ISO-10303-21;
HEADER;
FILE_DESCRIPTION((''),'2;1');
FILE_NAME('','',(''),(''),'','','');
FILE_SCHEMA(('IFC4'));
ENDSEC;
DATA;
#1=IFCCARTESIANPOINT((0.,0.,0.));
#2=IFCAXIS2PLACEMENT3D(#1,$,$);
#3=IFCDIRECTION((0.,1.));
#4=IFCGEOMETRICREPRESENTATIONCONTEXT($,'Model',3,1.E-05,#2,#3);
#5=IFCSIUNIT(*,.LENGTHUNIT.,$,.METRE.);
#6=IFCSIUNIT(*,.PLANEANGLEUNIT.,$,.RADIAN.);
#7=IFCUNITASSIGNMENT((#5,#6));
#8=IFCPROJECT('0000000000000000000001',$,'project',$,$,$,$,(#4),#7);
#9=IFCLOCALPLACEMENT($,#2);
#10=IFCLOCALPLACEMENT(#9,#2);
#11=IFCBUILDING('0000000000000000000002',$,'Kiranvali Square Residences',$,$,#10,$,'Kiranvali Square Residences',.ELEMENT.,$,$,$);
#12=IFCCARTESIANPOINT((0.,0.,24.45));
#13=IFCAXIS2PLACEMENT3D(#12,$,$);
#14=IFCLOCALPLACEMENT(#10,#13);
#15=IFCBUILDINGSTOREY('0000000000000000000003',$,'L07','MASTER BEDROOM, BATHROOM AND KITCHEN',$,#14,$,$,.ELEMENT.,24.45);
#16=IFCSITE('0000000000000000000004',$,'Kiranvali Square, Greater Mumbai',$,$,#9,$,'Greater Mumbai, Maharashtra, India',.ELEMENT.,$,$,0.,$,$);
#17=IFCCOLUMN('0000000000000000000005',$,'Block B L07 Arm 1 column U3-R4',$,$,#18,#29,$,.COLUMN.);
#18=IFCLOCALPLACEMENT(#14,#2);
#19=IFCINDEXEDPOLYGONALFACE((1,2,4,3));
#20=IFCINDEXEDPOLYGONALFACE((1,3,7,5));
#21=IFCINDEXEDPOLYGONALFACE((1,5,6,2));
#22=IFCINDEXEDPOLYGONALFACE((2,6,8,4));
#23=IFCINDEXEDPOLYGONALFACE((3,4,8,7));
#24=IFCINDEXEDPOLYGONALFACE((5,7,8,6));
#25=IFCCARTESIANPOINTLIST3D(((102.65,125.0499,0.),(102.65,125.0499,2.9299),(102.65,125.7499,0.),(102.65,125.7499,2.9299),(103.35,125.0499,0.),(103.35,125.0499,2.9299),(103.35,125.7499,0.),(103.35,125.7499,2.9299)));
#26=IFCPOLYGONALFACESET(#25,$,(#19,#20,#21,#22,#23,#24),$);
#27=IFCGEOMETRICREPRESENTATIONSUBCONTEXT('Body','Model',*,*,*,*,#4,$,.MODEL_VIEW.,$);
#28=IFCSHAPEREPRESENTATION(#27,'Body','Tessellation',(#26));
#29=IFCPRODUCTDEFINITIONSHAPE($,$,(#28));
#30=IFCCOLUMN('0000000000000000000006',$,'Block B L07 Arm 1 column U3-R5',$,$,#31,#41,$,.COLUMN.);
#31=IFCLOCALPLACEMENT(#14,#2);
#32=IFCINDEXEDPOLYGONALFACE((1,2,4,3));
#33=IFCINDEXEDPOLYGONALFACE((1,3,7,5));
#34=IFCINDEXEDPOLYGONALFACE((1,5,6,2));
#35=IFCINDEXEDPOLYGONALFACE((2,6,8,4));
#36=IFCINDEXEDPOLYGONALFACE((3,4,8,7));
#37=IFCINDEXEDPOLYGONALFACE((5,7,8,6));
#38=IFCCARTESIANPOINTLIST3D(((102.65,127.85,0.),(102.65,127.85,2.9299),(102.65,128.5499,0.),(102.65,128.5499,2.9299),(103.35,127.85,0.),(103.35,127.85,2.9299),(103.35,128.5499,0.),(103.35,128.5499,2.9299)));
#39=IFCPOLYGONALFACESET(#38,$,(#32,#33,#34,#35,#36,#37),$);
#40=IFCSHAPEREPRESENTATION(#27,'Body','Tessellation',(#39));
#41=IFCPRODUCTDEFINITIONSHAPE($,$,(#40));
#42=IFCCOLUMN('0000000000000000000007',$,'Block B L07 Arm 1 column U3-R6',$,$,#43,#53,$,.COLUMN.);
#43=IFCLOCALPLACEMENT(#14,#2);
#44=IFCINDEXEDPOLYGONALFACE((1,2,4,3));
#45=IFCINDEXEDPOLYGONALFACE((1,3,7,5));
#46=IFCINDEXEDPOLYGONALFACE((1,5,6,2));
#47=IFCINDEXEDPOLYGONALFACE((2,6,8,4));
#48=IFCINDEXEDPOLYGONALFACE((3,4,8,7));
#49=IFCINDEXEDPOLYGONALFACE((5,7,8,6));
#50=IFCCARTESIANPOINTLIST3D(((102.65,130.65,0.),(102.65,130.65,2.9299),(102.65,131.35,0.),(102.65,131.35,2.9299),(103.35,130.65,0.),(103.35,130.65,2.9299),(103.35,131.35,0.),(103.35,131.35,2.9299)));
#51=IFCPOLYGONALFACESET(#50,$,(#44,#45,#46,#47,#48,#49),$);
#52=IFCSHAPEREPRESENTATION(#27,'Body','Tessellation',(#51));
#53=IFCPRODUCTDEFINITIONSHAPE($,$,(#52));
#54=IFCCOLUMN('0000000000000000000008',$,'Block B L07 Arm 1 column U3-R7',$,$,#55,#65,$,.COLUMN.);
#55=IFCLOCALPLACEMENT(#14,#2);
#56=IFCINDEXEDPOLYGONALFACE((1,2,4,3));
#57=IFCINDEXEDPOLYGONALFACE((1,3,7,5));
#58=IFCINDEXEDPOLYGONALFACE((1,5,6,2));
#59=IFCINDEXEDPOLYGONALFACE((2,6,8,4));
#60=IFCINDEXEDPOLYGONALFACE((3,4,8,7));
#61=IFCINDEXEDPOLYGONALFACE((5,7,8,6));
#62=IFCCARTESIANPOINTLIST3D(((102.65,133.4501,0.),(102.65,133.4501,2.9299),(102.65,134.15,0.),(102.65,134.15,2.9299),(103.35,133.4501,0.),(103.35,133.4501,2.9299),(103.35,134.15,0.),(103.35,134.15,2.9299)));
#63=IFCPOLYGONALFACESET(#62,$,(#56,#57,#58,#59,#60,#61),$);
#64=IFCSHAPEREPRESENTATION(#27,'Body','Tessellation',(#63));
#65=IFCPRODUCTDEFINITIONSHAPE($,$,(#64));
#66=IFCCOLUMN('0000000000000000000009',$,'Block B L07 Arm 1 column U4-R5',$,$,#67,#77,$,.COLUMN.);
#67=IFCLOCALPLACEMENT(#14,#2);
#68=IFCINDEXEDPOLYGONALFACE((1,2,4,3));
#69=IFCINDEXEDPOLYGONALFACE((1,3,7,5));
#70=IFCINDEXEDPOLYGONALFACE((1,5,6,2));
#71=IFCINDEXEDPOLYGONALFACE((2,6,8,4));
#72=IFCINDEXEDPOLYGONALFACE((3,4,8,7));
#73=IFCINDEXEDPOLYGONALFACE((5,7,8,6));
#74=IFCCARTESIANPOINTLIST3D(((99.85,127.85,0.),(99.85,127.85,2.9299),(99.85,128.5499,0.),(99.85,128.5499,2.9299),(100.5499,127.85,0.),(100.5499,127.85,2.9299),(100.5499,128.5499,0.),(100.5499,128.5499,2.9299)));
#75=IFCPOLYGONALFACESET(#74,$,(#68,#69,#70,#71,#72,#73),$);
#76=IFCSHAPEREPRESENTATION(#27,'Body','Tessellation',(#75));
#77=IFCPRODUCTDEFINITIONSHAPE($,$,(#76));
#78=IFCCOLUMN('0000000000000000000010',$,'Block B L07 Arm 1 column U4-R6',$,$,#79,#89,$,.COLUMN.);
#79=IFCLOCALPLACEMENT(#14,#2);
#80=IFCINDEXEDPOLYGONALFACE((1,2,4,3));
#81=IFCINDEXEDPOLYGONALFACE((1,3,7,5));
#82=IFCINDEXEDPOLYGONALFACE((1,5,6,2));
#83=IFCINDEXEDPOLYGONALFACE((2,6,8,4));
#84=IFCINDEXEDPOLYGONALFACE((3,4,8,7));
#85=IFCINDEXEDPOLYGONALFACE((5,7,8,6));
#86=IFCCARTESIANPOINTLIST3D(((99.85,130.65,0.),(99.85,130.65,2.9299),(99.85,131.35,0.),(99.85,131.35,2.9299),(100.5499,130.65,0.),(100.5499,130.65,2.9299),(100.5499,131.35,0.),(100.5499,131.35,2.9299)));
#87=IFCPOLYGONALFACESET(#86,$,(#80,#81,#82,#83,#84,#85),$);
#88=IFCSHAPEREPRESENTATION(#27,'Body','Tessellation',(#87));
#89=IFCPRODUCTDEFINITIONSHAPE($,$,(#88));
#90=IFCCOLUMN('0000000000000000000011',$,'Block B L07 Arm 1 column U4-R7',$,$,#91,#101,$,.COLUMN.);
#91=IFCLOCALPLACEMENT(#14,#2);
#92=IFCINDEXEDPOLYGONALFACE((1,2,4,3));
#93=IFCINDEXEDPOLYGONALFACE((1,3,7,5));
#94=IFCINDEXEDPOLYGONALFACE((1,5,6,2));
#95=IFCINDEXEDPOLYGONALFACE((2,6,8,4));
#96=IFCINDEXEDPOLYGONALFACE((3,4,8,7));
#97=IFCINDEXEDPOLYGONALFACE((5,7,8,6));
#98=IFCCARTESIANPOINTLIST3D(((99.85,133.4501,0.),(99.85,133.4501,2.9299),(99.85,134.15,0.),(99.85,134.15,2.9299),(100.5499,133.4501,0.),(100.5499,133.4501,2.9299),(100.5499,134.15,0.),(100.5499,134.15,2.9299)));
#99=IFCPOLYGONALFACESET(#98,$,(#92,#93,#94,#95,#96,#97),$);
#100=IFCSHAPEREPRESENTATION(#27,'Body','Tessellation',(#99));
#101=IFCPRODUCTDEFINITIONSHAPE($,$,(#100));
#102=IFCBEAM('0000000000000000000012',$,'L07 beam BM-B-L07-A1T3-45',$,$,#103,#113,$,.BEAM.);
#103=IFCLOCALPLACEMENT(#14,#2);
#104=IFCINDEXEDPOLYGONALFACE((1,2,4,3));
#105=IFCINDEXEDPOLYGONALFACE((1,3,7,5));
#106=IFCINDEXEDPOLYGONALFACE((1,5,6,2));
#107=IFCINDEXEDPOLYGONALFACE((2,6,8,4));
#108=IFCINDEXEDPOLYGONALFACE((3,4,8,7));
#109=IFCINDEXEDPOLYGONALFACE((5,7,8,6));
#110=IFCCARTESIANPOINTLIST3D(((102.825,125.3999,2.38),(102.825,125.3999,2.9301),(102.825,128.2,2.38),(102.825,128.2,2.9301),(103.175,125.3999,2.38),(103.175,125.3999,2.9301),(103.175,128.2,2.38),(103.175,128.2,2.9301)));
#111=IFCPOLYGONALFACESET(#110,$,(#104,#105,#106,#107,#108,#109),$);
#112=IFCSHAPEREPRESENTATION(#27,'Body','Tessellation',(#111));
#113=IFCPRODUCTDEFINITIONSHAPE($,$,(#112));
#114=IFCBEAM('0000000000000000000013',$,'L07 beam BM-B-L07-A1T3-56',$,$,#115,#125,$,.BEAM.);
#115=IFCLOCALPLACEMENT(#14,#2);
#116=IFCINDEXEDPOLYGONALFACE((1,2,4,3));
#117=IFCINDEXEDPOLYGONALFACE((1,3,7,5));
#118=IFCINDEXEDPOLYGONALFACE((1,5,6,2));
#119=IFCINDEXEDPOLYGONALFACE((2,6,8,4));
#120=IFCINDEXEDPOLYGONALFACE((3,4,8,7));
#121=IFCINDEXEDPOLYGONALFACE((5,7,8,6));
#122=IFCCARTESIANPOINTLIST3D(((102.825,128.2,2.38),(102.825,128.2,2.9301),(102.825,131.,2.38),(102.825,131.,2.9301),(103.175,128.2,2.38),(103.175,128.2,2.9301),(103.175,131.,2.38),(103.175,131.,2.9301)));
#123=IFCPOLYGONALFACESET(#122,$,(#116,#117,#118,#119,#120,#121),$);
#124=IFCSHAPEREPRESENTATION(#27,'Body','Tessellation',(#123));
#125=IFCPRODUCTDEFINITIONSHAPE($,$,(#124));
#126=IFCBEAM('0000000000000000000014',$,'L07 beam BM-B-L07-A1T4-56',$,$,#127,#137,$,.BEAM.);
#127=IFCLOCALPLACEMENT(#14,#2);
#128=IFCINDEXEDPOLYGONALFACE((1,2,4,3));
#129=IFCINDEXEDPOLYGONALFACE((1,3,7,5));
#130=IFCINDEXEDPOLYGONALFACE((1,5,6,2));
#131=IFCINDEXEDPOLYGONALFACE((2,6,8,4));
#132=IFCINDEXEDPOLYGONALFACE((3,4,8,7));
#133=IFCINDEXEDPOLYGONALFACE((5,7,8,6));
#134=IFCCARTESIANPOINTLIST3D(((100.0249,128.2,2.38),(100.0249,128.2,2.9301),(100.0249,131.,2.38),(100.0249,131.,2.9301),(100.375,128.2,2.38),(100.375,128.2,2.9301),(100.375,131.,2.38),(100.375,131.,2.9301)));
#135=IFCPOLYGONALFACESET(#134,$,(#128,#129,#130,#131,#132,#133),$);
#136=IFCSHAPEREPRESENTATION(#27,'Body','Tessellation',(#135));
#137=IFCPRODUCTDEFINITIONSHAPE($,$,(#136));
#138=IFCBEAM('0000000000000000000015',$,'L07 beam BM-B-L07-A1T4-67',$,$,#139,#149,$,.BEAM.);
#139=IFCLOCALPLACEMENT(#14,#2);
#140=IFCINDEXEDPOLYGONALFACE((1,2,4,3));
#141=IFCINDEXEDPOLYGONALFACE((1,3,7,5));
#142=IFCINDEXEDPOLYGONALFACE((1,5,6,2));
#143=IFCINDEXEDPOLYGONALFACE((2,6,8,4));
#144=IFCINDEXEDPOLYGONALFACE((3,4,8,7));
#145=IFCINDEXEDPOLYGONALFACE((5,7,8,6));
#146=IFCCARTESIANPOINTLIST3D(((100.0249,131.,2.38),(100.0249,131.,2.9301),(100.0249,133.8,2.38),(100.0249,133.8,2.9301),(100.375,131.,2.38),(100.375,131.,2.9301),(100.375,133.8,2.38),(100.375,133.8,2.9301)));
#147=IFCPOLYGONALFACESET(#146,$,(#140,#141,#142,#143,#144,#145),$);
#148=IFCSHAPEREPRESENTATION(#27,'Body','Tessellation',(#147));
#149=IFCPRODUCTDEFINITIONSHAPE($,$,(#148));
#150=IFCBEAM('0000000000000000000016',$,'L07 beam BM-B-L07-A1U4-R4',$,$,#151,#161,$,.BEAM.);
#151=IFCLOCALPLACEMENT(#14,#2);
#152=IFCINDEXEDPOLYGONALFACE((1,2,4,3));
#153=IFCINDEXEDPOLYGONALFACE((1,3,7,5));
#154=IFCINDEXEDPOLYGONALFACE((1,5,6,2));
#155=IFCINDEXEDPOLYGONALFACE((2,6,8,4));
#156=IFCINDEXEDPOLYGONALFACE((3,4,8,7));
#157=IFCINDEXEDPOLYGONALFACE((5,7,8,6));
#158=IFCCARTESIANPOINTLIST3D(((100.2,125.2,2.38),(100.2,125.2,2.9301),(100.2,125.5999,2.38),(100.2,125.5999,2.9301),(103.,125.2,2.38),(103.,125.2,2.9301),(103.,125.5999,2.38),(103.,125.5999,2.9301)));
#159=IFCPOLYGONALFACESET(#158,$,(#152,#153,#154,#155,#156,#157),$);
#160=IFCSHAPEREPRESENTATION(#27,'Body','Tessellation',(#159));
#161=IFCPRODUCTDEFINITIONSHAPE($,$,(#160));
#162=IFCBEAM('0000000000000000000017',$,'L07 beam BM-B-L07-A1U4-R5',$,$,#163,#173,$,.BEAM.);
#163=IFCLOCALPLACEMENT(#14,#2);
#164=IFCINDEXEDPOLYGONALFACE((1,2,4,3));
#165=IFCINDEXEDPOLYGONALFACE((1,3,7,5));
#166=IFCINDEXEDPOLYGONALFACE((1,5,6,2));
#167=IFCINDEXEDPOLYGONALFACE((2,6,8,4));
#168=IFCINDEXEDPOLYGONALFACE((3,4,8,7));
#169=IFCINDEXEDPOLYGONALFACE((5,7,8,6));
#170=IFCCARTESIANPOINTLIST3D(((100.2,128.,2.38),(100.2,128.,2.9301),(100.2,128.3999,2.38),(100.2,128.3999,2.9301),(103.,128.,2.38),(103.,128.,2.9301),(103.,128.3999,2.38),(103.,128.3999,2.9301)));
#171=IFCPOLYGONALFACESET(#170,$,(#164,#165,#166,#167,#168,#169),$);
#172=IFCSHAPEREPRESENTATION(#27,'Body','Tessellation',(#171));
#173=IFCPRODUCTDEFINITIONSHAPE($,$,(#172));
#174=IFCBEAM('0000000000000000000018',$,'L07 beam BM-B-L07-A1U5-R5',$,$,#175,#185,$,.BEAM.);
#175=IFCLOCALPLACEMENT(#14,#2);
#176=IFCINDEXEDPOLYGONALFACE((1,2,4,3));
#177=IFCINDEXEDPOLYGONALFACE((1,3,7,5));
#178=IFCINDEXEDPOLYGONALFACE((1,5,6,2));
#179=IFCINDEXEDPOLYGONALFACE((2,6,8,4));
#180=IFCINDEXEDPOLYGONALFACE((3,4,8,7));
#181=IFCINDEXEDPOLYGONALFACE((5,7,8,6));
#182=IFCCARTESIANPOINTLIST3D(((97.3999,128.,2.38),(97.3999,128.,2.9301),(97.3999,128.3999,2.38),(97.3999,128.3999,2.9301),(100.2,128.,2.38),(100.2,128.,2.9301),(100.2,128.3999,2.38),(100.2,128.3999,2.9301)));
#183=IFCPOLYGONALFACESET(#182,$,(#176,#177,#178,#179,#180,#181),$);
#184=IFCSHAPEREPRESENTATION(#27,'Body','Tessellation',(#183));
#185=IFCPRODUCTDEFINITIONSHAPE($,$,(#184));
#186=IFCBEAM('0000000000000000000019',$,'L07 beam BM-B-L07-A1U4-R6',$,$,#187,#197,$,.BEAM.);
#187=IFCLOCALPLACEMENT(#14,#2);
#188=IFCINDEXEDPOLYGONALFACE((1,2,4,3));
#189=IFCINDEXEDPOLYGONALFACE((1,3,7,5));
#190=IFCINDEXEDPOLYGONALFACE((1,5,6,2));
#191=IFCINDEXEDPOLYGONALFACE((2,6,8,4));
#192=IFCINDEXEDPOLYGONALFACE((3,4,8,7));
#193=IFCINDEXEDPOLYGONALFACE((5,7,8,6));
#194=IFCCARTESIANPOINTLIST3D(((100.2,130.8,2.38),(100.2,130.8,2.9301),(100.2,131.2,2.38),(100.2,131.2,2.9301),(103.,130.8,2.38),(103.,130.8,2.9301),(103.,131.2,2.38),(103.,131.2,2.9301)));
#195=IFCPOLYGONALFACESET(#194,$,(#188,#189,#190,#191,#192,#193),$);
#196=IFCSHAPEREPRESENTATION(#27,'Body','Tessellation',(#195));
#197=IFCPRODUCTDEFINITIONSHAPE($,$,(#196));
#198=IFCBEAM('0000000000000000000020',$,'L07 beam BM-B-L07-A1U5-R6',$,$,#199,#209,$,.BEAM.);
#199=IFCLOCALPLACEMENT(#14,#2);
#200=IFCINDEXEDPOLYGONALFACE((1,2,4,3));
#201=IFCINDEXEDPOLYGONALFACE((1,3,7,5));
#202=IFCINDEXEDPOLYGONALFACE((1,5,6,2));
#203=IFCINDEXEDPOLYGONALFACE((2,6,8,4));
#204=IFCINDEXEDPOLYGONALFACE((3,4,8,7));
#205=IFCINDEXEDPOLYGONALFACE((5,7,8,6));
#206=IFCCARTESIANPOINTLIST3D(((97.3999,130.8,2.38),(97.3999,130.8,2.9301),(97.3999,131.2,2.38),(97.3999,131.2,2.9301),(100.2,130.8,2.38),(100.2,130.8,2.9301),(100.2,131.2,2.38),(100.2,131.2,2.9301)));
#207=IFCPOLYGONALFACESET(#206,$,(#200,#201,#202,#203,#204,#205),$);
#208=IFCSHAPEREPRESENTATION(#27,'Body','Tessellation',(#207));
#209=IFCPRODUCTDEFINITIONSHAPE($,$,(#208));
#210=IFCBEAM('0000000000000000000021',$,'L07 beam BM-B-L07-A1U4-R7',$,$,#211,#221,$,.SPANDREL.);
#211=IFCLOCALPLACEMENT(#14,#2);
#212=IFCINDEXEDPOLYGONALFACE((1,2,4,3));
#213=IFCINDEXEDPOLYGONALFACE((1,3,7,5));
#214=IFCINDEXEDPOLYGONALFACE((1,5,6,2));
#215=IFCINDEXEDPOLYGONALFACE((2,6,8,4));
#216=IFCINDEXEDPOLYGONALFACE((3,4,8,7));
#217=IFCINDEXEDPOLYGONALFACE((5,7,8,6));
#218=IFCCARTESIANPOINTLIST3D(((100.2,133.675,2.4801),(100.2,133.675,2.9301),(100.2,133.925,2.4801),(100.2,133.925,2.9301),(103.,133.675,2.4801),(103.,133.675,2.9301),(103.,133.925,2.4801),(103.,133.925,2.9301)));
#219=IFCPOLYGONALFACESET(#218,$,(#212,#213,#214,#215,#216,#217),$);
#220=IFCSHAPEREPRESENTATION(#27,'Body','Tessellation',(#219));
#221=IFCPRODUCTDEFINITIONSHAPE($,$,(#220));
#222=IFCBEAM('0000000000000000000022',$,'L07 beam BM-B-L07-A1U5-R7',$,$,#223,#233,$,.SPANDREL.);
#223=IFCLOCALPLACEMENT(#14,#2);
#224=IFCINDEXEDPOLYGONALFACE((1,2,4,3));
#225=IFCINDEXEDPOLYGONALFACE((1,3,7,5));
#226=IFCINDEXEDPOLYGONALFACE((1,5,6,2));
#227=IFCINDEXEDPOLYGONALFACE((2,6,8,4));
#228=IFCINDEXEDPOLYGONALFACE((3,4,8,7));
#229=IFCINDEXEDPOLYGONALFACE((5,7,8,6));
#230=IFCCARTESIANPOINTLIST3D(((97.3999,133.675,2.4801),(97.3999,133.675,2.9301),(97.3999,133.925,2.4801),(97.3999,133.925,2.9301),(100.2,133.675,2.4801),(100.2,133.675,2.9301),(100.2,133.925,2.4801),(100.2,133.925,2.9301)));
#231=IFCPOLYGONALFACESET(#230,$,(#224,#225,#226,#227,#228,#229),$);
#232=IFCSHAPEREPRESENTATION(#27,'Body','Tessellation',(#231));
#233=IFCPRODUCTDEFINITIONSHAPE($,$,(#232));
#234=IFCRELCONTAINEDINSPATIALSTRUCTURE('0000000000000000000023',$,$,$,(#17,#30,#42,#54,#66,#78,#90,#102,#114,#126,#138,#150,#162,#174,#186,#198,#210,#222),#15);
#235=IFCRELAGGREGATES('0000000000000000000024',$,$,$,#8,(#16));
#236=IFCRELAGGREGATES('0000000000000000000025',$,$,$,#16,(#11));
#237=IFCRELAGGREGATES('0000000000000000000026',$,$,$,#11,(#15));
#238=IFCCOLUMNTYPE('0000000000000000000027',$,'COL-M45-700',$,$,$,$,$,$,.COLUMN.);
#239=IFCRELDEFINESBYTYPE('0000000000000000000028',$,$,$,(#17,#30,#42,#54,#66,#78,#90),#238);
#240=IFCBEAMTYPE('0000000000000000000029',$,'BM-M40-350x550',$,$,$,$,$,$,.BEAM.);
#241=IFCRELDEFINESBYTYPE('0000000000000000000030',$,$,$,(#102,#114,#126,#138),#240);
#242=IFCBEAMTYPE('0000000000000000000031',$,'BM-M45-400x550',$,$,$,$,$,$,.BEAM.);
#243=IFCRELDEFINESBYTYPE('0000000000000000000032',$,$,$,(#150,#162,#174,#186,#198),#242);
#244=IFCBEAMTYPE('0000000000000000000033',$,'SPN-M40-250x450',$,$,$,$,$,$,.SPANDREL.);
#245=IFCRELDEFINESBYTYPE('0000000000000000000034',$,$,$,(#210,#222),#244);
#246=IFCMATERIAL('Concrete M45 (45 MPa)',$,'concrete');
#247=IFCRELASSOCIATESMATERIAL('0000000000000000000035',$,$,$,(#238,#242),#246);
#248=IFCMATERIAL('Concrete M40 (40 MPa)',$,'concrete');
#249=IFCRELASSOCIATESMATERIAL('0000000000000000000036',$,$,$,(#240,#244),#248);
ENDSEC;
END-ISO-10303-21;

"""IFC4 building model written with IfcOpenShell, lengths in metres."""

from ifc_helpers import new_model, si_unit, direction, frame, origin, origin_2d, place, context, subcontext, project, spatial, rectangle, extrude, material, material_profile, profile_set, type_object, element, save


model = new_model("IFC4")

# Units and contexts
model_context = context("Model", 3, precision=1e-05, world=origin(), true_north=direction((0.0, 1.0)))
body_context = subcontext(model_context, "Body", "Model", "MODEL_VIEW")
ifc_project = project(units=[si_unit("LENGTHUNIT", "METRE"), si_unit("PLANEANGLEUNIT", "RADIAN")], contexts=[model_context])

# Site, building, storey
site_placement = place(None, origin())
site = spatial("IfcSite", under=ifc_project, at=site_placement, Name="Kiranvali Square, Greater Mumbai", LongName="Greater Mumbai, Maharashtra, India", CompositionType="ELEMENT", RefElevation=0.0)
building_placement = place(site_placement, origin())
building = spatial("IfcBuilding", under=site, at=building_placement, Name="Kiranvali Square Residences", LongName="Kiranvali Square Residences", CompositionType="ELEMENT")
storey_placement = place(building_placement, frame((0.0, 0.0, 24.45)))
storey = spatial("IfcBuildingStorey", under=building, at=storey_placement, Name="L07", Description="MASTER BEDROOM, BATHROOM AND KITCHEN", CompositionType="ELEMENT", Elevation=24.45)

# Columns
ifc_material_1 = material(Name="Concrete M45 (45 MPa)", Category="concrete")
ifc_material_profile_1 = material_profile(ifc_material_1, rectangle(XDim=0.7, YDim=0.7, at=origin_2d()), Name="RC 700x700")
ifc_profile_set_1 = profile_set([ifc_material_profile_1], Name="Concrete M45 (45 MPa)")
column_type = type_object("IfcColumnType", Name="COL-M45-700", PredefinedType="COLUMN", material=ifc_profile_set_1)
for number, where, z_axis, x_axis, name in (
    (1, (103.0, 125.3999, 0.0), (0.0, 0.0, 1.0), (1.0, 0.0, 0.0), "Block B L07 Arm 1 column U3-R4"),
    (2, (103.0, 128.2, 0.0), (0.0, 0.0, 1.0), (1.0, 0.0, 0.0), "Block B L07 Arm 1 column U3-R5"),
    (3, (103.0, 131.0, 0.0), (0.0, 0.0, 1.0), (1.0, 0.0, 0.0), "Block B L07 Arm 1 column U3-R6"),
    (4, (103.0, 133.8, 0.0), (0.0, 0.0, 1.0), (1.0, 0.0, 0.0), "Block B L07 Arm 1 column U3-R7"),
    (5, (100.2, 128.2, 0.0), (0.0, 0.0, 1.0), (1.0, 0.0, 0.0), "Block B L07 Arm 1 column U4-R5"),
    (6, (100.2, 131.0, 0.0), (0.0, 0.0, 1.0), (1.0, 0.0, 0.0), "Block B L07 Arm 1 column U4-R6"),
    (7, (100.2, 133.8, 0.0), (0.0, 0.0, 1.0), (1.0, 0.0, 0.0), "Block B L07 Arm 1 column U4-R7"),
):
    element("IfcColumn", number, at=place(storey_placement, frame(where, z_axis=z_axis, x_axis=x_axis)), inside=storey, type_object=column_type, Name=name, PredefinedType="COLUMN", context=body_context, shape_type="SweptSolid", body=[
        extrude(rectangle(XDim=0.7, YDim=0.7, at=origin_2d()), origin(), (0.0, 0.0, 1.0), 2.9299),
    ])

# Beams
ifc_material_2 = material(Name="Concrete M40 (40 MPa)", Category="concrete")
ifc_material_profile_2 = material_profile(ifc_material_2, rectangle(XDim=0.3501, YDim=0.55, at=origin_2d()), Name="RC 350x550")
ifc_profile_set_2 = profile_set([ifc_material_profile_2], Name="Concrete M40 (40 MPa)")
beam_type_1 = type_object("IfcBeamType", Name="BM-M40-350x550", PredefinedType="BEAM", material=ifc_profile_set_2)
for number, where, z_axis, x_axis, name in (
    (8, (103.0, 125.3999, 2.655), (0.0, 1.0, 0.0), (-1.0, 0.0, 0.0), "L07 beam BM-B-L07-A1T3-45"),
    (9, (103.0, 128.2, 2.655), (0.0, 1.0, 0.0), (-1.0, 0.0, 0.0), "L07 beam BM-B-L07-A1T3-56"),
    (10, (100.2, 128.2, 2.655), (0.0, 1.0, 0.0), (-1.0, 0.0, 0.0), "L07 beam BM-B-L07-A1T4-56"),
    (11, (100.2, 131.0, 2.655), (0.0, 1.0, 0.0), (-1.0, 0.0, 0.0), "L07 beam BM-B-L07-A1T4-67"),
):
    element("IfcBeam", number, at=place(storey_placement, frame(where, z_axis=z_axis, x_axis=x_axis)), inside=storey, type_object=beam_type_1, Name=name, PredefinedType="BEAM", context=body_context, shape_type="SweptSolid", body=[
        extrude(rectangle(XDim=0.3501, YDim=0.55, at=origin_2d()), origin(), (0.0, 0.0, 1.0), 2.8),
    ])
ifc_material_profile_3 = material_profile(ifc_material_1, rectangle(XDim=0.3999, YDim=0.55, at=origin_2d()), Name="RC 400x550")
ifc_profile_set_3 = profile_set([ifc_material_profile_3], Name="Concrete M45 (45 MPa)")
beam_type_2 = type_object("IfcBeamType", Name="BM-M45-400x550", PredefinedType="BEAM", material=ifc_profile_set_3)
for number, where, z_axis, x_axis, name in (
    (12, (103.0, 125.3999, 2.655), (-1.0, 0.0, 0.0), (0.0, -1.0, 0.0), "L07 beam BM-B-L07-A1U4-R4"),
    (13, (103.0, 128.2, 2.655), (-1.0, 0.0, 0.0), (0.0, -1.0, 0.0), "L07 beam BM-B-L07-A1U4-R5"),
    (14, (100.2, 128.2, 2.655), (-1.0, 0.0, 0.0), (0.0, -1.0, 0.0), "L07 beam BM-B-L07-A1U5-R5"),
    (15, (103.0, 131.0, 2.655), (-1.0, 0.0, 0.0), (0.0, -1.0, 0.0), "L07 beam BM-B-L07-A1U4-R6"),
    (16, (100.2, 131.0, 2.655), (-1.0, 0.0, 0.0), (0.0, -1.0, 0.0), "L07 beam BM-B-L07-A1U5-R6"),
):
    element("IfcBeam", number, at=place(storey_placement, frame(where, z_axis=z_axis, x_axis=x_axis)), inside=storey, type_object=beam_type_2, Name=name, PredefinedType="BEAM", context=body_context, shape_type="SweptSolid", body=[
        extrude(rectangle(XDim=0.3999, YDim=0.55, at=origin_2d()), origin(), (0.0, 0.0, 1.0), 2.8),
    ])
ifc_material_profile_4 = material_profile(ifc_material_2, rectangle(XDim=0.25, YDim=0.45, at=origin_2d()), Name="RC 250x450")
ifc_profile_set_4 = profile_set([ifc_material_profile_4], Name="Concrete M40 (40 MPa)")
beam_type_3 = type_object("IfcBeamType", Name="SPN-M40-250x450", PredefinedType="SPANDREL", material=ifc_profile_set_4)
for number, where, z_axis, x_axis, name in (
    (17, (103.0, 133.8, 2.7051), (-1.0, 0.0, 0.0), (0.0, -1.0, 0.0), "L07 beam BM-B-L07-A1U4-R7"),
    (18, (100.2, 133.8, 2.7051), (-1.0, 0.0, 0.0), (0.0, -1.0, 0.0), "L07 beam BM-B-L07-A1U5-R7"),
):
    element("IfcBeam", number, at=place(storey_placement, frame(where, z_axis=z_axis, x_axis=x_axis)), inside=storey, type_object=beam_type_3, Name=name, PredefinedType="SPANDREL", context=body_context, shape_type="SweptSolid", body=[
        extrude(rectangle(XDim=0.25, YDim=0.45, at=origin_2d()), origin(), (0.0, 0.0, 1.0), 2.8),
    ])

save(model, "model.ifc")
